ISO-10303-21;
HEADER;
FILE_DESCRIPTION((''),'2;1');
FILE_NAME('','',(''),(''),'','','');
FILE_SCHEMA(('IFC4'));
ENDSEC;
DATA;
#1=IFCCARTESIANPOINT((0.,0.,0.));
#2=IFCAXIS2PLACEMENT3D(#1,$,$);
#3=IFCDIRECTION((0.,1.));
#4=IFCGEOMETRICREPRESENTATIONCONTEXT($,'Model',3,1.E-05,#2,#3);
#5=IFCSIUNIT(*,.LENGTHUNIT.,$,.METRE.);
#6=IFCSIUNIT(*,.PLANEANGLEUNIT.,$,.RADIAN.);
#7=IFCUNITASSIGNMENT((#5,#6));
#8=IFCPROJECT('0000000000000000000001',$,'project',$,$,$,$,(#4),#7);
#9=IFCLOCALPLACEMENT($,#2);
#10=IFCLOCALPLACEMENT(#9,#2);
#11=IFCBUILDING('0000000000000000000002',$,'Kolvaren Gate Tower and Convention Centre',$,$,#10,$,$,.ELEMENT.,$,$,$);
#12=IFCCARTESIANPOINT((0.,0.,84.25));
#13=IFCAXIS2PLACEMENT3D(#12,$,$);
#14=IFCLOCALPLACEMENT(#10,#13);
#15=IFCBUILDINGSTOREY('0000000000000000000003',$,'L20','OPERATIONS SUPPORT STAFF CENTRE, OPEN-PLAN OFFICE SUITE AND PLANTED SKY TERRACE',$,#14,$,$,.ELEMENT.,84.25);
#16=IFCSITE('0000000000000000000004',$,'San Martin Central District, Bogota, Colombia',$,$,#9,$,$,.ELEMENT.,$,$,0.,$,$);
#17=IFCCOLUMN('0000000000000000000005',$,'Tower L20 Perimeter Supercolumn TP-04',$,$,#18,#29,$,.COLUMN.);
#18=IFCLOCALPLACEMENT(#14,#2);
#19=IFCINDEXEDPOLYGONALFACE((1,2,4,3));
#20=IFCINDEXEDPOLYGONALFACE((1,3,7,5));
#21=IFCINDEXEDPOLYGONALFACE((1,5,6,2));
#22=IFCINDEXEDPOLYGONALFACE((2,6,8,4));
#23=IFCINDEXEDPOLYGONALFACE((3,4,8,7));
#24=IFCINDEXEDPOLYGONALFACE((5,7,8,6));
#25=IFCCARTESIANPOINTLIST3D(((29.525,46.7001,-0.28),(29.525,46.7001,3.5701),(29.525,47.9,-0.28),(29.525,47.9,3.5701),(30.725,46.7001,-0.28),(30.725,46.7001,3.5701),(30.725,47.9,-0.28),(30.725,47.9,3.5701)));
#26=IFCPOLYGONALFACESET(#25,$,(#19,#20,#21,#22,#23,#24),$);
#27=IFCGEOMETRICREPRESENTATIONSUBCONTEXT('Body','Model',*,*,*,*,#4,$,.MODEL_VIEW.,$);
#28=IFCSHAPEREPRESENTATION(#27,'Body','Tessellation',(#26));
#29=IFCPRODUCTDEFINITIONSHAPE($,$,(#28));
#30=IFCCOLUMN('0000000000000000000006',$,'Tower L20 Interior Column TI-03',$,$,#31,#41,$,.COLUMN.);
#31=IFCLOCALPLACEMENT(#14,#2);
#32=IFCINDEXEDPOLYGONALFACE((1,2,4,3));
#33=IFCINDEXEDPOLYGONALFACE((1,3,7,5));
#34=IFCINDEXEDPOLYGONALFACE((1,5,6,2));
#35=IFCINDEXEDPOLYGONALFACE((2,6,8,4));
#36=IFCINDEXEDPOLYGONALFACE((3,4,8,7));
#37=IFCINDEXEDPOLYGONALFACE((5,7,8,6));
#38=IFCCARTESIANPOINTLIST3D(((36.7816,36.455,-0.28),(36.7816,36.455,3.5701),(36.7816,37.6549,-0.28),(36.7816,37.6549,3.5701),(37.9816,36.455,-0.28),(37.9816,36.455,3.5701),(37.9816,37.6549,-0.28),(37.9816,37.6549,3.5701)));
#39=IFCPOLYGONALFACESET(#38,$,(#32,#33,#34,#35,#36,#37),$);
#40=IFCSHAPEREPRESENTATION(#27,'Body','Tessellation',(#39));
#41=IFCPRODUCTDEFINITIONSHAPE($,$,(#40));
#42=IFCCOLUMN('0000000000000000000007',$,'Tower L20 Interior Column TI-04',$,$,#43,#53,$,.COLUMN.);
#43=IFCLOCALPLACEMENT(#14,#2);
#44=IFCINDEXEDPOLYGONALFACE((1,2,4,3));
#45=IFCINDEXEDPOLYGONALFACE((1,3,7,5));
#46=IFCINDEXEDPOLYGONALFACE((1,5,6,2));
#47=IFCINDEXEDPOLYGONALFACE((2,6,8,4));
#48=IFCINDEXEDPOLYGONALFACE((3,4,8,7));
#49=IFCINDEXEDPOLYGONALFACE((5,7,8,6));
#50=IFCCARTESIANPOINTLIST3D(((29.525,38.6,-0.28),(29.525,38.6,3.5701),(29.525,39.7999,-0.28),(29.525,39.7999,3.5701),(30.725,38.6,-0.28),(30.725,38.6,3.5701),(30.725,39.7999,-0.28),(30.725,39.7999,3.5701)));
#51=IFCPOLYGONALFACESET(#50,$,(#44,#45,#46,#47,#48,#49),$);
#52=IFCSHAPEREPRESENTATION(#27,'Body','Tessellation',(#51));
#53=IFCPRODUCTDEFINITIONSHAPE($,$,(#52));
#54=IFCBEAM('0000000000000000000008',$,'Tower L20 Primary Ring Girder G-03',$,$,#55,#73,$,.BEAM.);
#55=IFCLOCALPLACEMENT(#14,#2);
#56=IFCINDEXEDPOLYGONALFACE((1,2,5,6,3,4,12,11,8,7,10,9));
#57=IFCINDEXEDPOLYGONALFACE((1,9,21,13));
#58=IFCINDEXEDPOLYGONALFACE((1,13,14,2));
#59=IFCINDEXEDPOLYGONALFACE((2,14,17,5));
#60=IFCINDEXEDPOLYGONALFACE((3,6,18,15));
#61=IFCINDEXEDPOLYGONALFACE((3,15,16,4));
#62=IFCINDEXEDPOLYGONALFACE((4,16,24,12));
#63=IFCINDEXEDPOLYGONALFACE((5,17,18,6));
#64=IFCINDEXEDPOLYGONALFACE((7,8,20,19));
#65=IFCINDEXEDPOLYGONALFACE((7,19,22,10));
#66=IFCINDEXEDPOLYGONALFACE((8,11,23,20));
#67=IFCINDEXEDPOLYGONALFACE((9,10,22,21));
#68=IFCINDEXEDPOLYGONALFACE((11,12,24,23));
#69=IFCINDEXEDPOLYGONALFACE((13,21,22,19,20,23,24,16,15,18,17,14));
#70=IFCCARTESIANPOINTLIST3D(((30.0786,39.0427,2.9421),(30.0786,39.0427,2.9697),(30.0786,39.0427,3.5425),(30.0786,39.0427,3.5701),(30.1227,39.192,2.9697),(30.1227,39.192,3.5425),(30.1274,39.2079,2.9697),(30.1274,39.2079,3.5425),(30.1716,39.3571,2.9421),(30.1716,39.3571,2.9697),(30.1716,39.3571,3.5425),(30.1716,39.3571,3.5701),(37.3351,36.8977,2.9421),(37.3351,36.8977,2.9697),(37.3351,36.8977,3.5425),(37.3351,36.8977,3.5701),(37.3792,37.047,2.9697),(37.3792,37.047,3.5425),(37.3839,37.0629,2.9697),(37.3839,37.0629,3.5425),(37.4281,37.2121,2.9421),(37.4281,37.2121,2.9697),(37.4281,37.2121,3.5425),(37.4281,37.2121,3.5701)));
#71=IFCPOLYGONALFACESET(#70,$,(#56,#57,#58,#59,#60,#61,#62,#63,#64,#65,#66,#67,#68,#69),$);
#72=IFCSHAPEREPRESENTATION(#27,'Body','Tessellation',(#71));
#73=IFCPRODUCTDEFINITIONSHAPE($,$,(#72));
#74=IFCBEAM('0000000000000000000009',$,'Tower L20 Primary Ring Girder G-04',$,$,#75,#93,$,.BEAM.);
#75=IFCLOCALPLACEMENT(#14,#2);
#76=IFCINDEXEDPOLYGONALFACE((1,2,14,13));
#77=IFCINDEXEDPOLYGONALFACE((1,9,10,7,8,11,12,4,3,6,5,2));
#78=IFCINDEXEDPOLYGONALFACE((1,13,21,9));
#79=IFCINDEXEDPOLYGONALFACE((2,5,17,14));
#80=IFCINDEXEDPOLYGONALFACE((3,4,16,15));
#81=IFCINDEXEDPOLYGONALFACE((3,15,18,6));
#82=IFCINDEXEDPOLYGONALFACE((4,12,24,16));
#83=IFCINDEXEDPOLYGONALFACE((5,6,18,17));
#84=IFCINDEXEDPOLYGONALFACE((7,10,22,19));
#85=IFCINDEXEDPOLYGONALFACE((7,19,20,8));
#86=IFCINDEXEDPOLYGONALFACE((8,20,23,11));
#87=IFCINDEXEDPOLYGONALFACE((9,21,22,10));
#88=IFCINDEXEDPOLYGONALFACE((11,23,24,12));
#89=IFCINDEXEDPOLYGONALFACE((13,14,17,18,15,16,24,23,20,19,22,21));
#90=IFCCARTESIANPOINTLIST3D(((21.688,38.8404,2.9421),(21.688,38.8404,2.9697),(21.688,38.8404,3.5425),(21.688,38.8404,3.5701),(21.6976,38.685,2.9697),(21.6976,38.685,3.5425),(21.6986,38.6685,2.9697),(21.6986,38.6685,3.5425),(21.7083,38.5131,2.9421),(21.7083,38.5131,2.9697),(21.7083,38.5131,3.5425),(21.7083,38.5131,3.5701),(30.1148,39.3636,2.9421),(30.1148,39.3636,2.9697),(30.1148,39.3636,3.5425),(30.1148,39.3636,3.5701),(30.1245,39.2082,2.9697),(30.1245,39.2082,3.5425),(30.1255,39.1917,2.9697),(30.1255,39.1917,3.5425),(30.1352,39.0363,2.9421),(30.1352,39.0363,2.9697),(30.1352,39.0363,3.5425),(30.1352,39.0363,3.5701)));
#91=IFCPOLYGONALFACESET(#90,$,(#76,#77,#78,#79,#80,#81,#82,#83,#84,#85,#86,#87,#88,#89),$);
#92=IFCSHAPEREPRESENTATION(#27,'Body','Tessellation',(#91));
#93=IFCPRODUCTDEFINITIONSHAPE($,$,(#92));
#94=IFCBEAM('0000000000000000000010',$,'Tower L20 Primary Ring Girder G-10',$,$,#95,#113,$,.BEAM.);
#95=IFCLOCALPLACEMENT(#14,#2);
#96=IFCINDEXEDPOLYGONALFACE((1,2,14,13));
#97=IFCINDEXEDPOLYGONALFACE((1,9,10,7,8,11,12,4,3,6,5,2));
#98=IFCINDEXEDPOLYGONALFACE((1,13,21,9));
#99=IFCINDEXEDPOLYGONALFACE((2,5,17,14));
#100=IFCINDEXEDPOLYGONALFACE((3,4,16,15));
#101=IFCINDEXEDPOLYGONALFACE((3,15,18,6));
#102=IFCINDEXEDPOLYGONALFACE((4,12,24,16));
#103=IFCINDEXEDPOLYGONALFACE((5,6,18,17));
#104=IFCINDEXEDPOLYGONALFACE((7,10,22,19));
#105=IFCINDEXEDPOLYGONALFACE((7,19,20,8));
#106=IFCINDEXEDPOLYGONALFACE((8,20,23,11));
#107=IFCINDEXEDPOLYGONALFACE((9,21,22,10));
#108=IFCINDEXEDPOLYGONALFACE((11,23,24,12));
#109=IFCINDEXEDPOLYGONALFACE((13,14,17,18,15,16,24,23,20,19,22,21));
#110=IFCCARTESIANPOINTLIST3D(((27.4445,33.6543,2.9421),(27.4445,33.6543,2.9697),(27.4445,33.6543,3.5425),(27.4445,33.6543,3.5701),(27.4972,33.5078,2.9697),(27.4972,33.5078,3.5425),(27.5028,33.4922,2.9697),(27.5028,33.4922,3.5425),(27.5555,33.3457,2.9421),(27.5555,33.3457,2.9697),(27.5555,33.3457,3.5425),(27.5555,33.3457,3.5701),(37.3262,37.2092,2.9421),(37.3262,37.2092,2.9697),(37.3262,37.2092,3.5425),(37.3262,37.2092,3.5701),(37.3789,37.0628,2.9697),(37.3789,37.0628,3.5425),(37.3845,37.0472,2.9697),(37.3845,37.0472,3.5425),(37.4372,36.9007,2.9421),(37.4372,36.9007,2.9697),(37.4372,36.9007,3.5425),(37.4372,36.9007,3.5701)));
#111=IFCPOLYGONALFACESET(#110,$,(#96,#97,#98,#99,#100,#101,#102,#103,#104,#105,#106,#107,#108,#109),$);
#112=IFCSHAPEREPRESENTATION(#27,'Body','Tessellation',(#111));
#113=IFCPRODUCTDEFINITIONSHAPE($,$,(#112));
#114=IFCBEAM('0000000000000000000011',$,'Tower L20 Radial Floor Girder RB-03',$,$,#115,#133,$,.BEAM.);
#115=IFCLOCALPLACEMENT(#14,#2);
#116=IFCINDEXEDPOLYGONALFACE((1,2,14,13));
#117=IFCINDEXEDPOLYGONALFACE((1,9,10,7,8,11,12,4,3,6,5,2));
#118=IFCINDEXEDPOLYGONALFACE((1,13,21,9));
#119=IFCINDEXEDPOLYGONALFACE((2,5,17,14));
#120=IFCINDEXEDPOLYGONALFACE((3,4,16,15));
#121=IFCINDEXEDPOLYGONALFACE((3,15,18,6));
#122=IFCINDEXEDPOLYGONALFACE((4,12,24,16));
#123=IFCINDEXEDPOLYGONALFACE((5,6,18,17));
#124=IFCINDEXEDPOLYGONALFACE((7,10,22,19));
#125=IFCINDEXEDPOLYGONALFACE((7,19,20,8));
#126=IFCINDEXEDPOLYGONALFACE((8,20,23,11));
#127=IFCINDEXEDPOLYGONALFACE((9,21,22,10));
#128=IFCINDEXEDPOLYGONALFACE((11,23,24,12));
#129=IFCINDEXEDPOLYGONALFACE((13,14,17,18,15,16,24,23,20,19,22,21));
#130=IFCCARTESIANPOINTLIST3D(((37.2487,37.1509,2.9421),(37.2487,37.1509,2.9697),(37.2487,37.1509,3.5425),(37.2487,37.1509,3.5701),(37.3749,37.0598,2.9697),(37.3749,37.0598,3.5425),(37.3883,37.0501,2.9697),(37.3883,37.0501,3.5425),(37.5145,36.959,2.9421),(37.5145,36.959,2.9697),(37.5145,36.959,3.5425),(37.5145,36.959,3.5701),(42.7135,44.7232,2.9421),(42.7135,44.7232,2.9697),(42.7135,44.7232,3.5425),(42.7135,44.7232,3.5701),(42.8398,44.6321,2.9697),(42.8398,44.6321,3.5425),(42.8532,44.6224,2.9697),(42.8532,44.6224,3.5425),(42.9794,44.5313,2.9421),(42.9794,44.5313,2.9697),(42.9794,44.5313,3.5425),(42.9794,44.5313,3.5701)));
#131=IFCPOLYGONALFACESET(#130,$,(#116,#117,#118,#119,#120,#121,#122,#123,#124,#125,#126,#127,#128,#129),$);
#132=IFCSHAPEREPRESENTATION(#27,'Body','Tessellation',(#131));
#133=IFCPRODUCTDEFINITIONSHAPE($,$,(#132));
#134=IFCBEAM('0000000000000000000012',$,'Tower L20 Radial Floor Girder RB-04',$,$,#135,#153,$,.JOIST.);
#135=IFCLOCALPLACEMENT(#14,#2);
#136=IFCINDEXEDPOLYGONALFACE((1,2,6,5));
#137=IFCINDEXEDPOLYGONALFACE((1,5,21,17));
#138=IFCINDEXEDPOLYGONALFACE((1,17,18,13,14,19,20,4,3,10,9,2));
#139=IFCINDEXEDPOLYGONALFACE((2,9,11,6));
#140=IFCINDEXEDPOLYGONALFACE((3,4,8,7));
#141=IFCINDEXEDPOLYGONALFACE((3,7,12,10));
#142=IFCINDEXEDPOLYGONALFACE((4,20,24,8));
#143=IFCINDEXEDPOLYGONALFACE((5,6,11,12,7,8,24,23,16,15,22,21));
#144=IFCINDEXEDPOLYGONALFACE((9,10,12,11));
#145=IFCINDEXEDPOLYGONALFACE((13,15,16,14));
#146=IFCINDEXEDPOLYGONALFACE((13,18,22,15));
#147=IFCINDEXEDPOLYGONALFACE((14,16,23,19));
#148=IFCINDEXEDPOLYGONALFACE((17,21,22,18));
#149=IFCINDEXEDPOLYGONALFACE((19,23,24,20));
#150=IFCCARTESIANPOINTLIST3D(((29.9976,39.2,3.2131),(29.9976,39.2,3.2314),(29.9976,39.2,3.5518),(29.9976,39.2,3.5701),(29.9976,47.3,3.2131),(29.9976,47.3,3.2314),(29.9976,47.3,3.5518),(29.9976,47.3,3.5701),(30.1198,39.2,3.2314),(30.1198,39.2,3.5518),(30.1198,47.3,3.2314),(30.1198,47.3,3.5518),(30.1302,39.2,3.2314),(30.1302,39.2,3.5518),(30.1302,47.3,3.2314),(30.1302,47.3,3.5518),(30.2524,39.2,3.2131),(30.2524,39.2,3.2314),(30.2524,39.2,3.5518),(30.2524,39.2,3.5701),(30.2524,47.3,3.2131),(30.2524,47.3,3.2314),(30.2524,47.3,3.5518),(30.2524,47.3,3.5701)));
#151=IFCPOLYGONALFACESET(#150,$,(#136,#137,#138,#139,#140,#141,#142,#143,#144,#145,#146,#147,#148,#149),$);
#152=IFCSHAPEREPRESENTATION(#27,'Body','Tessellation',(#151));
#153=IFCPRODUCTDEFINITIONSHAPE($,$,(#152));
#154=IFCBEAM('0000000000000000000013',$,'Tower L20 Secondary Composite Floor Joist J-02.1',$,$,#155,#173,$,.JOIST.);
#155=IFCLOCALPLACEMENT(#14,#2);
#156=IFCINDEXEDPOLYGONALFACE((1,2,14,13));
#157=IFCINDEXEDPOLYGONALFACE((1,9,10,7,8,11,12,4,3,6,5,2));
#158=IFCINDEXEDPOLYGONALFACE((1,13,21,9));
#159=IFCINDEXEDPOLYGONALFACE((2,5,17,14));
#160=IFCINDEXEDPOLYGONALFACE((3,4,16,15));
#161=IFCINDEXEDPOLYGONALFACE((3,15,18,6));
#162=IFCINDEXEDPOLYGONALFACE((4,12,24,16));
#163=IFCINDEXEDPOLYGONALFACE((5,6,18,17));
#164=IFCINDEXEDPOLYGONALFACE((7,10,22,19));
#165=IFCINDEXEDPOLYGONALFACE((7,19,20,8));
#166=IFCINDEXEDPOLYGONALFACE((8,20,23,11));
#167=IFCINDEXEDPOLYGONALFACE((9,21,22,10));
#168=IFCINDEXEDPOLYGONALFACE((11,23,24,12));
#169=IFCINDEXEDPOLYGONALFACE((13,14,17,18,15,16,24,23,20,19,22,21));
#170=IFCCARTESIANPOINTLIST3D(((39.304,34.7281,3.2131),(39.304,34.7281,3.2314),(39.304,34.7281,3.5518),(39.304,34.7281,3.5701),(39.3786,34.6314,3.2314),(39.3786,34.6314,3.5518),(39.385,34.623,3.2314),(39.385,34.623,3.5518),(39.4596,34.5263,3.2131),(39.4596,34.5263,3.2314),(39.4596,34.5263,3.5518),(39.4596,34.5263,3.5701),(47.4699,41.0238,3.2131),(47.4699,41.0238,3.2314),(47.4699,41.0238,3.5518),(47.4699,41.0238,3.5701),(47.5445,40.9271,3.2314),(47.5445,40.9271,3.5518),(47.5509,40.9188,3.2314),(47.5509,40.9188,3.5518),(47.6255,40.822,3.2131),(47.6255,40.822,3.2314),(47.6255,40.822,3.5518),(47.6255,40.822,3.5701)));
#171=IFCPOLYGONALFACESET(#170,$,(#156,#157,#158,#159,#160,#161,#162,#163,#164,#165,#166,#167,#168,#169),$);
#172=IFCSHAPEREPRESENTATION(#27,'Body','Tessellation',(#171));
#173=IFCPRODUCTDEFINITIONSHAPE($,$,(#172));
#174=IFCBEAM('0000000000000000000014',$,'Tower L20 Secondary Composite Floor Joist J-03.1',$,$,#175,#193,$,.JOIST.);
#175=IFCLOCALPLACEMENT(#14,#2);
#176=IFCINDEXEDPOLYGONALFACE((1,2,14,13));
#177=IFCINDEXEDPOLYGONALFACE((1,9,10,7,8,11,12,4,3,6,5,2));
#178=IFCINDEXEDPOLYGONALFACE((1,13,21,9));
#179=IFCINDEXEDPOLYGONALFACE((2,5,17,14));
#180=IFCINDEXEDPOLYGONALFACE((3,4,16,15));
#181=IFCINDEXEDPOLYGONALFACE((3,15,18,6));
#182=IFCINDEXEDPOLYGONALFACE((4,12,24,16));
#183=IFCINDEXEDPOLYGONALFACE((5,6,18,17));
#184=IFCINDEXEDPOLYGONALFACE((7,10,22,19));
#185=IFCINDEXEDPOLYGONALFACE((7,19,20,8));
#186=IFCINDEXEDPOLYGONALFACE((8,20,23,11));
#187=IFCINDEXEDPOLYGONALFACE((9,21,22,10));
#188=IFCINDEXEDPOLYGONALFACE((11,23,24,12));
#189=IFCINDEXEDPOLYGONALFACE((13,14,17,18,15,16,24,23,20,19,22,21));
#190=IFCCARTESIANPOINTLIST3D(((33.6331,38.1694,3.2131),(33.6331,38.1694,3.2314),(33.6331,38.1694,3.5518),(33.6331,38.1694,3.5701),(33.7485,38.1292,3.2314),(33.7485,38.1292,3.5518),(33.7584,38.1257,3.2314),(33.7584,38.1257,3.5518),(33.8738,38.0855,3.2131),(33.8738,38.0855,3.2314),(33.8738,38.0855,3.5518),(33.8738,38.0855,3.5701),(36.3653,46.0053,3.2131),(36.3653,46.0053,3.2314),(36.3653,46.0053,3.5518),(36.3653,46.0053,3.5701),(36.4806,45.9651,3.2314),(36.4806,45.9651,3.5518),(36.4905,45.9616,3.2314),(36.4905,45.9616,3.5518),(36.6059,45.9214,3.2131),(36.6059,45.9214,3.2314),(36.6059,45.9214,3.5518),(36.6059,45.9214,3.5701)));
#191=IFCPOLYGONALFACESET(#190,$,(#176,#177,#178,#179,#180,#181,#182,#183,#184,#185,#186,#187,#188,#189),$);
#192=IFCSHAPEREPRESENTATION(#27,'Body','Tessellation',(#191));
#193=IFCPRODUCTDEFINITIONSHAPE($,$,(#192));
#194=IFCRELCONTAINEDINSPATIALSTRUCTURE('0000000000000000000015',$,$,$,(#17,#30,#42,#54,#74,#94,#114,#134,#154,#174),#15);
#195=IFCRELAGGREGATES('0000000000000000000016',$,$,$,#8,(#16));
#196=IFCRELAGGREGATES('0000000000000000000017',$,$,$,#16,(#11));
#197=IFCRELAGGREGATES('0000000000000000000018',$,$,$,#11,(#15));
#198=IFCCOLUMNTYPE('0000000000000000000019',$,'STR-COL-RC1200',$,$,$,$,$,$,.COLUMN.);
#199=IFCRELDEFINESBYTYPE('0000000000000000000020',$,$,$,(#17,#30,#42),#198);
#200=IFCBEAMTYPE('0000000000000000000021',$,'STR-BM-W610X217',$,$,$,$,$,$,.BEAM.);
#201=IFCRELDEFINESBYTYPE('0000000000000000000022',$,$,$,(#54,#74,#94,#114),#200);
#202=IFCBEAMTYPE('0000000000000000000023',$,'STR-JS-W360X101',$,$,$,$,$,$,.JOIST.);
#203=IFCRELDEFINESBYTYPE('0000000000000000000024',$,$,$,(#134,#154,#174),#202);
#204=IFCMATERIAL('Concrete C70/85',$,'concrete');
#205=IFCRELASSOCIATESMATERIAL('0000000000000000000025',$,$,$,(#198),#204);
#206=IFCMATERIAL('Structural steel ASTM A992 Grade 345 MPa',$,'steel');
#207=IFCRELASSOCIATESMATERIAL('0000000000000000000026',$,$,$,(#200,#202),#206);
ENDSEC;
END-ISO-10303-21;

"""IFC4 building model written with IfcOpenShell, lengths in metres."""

from ifc_helpers import new_model, si_unit, direction, frame, origin, origin_2d, place, context, subcontext, project, spatial, rectangle, i_section, extrude, material, material_profile, profile_set, type_object, element, save


model = new_model("IFC4")

# Units and contexts
model_context = context("Model", 3, precision=1e-05, world=origin(), true_north=direction((0.0, 1.0)))
body_context = subcontext(model_context, "Body", "Model", "MODEL_VIEW")
ifc_project = project(units=[si_unit("LENGTHUNIT", "METRE"), si_unit("PLANEANGLEUNIT", "RADIAN")], contexts=[model_context])

# Site, building, storey
site_placement = place(None, origin())
site = spatial("IfcSite", under=ifc_project, at=site_placement, Name="San Martin Central District, Bogota, Colombia", CompositionType="ELEMENT", RefElevation=0.0)
building_placement = place(site_placement, origin())
building = spatial("IfcBuilding", under=site, at=building_placement, Name="Kolvaren Gate Tower and Convention Centre", CompositionType="ELEMENT")
storey_placement = place(building_placement, frame((0.0, 0.0, 84.25)))
storey = spatial("IfcBuildingStorey", under=building, at=storey_placement, Name="L20", Description="OPERATIONS SUPPORT STAFF CENTRE, OPEN-PLAN OFFICE SUITE AND PLANTED SKY TERRACE", CompositionType="ELEMENT", Elevation=84.25)

# Columns
ifc_material_1 = material(Name="Concrete C70/85", Category="concrete")
ifc_material_profile_1 = material_profile(ifc_material_1, rectangle(XDim=1.2, YDim=1.2, at=origin_2d()), Name="RC-COL-1200X1200")
ifc_profile_set_1 = profile_set([ifc_material_profile_1], Name="Concrete C70/85")
column_type = type_object("IfcColumnType", Name="STR-COL-RC1200", PredefinedType="COLUMN", material=ifc_profile_set_1)
for number, where, z_axis, x_axis, name in (
    (1, (30.125, 47.3, -0.28), (0.0, 0.0, 1.0), (1.0, 0.0, 0.0), "Tower L20 Perimeter Supercolumn TP-04"),
    (2, (37.3816, 37.0549, -0.28), (0.0, 0.0, 1.0), (1.0, 0.0, 0.0), "Tower L20 Interior Column TI-03"),
    (3, (30.125, 39.2, -0.28), (0.0, 0.0, 1.0), (1.0, 0.0, 0.0), "Tower L20 Interior Column TI-04"),
):
    element("IfcColumn", number, at=place(storey_placement, frame(where, z_axis=z_axis, x_axis=x_axis)), inside=storey, type_object=column_type, Name=name, PredefinedType="COLUMN", context=body_context, shape_type="SweptSolid", body=[
        extrude(rectangle(XDim=1.2, YDim=1.2, at=origin_2d()), origin(), (0.0, 0.0, 1.0), 3.8501),
    ])

# Beams
ifc_material_2 = material(Name="Structural steel ASTM A992 Grade 345 MPa", Category="steel")
ifc_material_profile_2 = material_profile(ifc_material_2, i_section(OverallWidth=0.3279, OverallDepth=0.6279, WebThickness=0.0166, FlangeThickness=0.0276, at=origin_2d()), Name="W610X217")
ifc_profile_set_2 = profile_set([ifc_material_profile_2], Name="Structural steel ASTM A992 Grade 345 MPa")
beam_type_1 = type_object("IfcBeamType", Name="STR-BM-W610X217", PredefinedType="BEAM", material=ifc_profile_set_2)
beam_1_placement = place(storey_placement, frame((37.3816, 37.0549, 3.2561), z_axis=(-0.958981, 0.283471, 0.0), x_axis=(-0.283471, -0.958981, 0.0)))
element("IfcBeam", 4, at=beam_1_placement, inside=storey, type_object=beam_type_1, Name="Tower L20 Primary Ring Girder G-03", PredefinedType="BEAM", context=body_context, shape_type="SweptSolid", body=[
    extrude(i_section(OverallWidth=0.3279, OverallDepth=0.6279, WebThickness=0.0166, FlangeThickness=0.0276, at=origin_2d()), origin(), (0.0, 0.0, 1.0), 7.5669),
])
beam_2_placement = place(storey_placement, frame((30.125, 39.2, 3.2561), z_axis=(-0.998078, -0.061966, 0.0), x_axis=(0.061966, -0.998078, 0.0)))
element("IfcBeam", 5, at=beam_2_placement, inside=storey, type_object=beam_type_1, Name="Tower L20 Primary Ring Girder G-04", PredefinedType="BEAM", context=body_context, shape_type="SweptSolid", body=[
    extrude(i_section(OverallWidth=0.3279, OverallDepth=0.6279, WebThickness=0.0166, FlangeThickness=0.0276, at=origin_2d()), origin(), (0.0, 0.0, 1.0), 8.4431),
])
beam_3_placement = place(storey_placement, frame((27.5, 33.5, 3.2561), z_axis=(0.940961, 0.338514, 0.0), x_axis=(-0.338514, 0.940961, 0.0)))
element("IfcBeam", 6, at=beam_3_placement, inside=storey, type_object=beam_type_1, Name="Tower L20 Primary Ring Girder G-10", PredefinedType="BEAM", context=body_context, shape_type="SweptSolid", body=[
    extrude(i_section(OverallWidth=0.3279, OverallDepth=0.6279, WebThickness=0.0166, FlangeThickness=0.0276, at=origin_2d()), origin(), (0.0, 0.0, 1.0), 10.5017),
])
beam_4_placement = place(storey_placement, frame((37.3816, 37.0549, 3.2561), z_axis=(0.585208, 0.810883, 0.0), x_axis=(-0.810883, 0.585208, 0.0)))
element("IfcBeam", 7, at=beam_4_placement, inside=storey, type_object=beam_type_1, Name="Tower L20 Radial Floor Girder RB-03", PredefinedType="BEAM", context=body_context, shape_type="SweptSolid", body=[
    extrude(i_section(OverallWidth=0.3279, OverallDepth=0.6279, WebThickness=0.0166, FlangeThickness=0.0276, at=origin_2d()), origin(), (0.0, 0.0, 1.0), 9.3384),
])
ifc_material_profile_3 = material_profile(ifc_material_2, i_section(OverallWidth=0.2549, OverallDepth=0.3569, WebThickness=0.0105, FlangeThickness=0.0183, at=origin_2d()), Name="W360X101")
ifc_profile_set_3 = profile_set([ifc_material_profile_3], Name="Structural steel ASTM A992 Grade 345 MPa")
beam_type_2 = type_object("IfcBeamType", Name="STR-JS-W360X101", PredefinedType="JOIST", material=ifc_profile_set_3)
beam_5_placement = place(storey_placement, frame((30.125, 39.2, 3.3916), z_axis=(0.0, 1.0, 0.0), x_axis=(-1.0, 0.0, 0.0)))
element("IfcBeam", 8, at=beam_5_placement, inside=storey, type_object=beam_type_2, Name="Tower L20 Radial Floor Girder RB-04", PredefinedType="JOIST", context=body_context, shape_type="SweptSolid", body=[
    extrude(i_section(OverallWidth=0.2549, OverallDepth=0.3569, WebThickness=0.0105, FlangeThickness=0.0183, at=origin_2d()), origin(), (0.0, 0.0, 1.0), 8.1001),
])
beam_6_placement = place(storey_placement, frame((39.3818, 34.6272, 3.3916), z_axis=(0.791954, 0.610581, 0.0), x_axis=(-0.610581, 0.791954, 0.0)))
element("IfcBeam", 9, at=beam_6_placement, inside=storey, type_object=beam_type_2, Name="Tower L20 Secondary Composite Floor Joist J-02.1", PredefinedType="JOIST", context=body_context, shape_type="SweptSolid", body=[
    extrude(i_section(OverallWidth=0.2549, OverallDepth=0.3569, WebThickness=0.0105, FlangeThickness=0.0183, at=origin_2d()), origin(), (0.0, 0.0, 1.0), 10.311),
])
beam_7_placement = place(storey_placement, frame((33.7534, 38.1274, 3.3916), z_axis=(0.329234, 0.944248, 0.0), x_axis=(-0.944248, 0.329234, 0.0)))
element("IfcBeam", 10, at=beam_7_placement, inside=storey, type_object=beam_type_2, Name="Tower L20 Secondary Composite Floor Joist J-03.1", PredefinedType="JOIST", context=body_context, shape_type="SweptSolid", body=[
    extrude(i_section(OverallWidth=0.2549, OverallDepth=0.3569, WebThickness=0.0105, FlangeThickness=0.0183, at=origin_2d()), origin(), (0.0, 0.0, 1.0), 8.2986),
])

save(model, "model.ifc")
